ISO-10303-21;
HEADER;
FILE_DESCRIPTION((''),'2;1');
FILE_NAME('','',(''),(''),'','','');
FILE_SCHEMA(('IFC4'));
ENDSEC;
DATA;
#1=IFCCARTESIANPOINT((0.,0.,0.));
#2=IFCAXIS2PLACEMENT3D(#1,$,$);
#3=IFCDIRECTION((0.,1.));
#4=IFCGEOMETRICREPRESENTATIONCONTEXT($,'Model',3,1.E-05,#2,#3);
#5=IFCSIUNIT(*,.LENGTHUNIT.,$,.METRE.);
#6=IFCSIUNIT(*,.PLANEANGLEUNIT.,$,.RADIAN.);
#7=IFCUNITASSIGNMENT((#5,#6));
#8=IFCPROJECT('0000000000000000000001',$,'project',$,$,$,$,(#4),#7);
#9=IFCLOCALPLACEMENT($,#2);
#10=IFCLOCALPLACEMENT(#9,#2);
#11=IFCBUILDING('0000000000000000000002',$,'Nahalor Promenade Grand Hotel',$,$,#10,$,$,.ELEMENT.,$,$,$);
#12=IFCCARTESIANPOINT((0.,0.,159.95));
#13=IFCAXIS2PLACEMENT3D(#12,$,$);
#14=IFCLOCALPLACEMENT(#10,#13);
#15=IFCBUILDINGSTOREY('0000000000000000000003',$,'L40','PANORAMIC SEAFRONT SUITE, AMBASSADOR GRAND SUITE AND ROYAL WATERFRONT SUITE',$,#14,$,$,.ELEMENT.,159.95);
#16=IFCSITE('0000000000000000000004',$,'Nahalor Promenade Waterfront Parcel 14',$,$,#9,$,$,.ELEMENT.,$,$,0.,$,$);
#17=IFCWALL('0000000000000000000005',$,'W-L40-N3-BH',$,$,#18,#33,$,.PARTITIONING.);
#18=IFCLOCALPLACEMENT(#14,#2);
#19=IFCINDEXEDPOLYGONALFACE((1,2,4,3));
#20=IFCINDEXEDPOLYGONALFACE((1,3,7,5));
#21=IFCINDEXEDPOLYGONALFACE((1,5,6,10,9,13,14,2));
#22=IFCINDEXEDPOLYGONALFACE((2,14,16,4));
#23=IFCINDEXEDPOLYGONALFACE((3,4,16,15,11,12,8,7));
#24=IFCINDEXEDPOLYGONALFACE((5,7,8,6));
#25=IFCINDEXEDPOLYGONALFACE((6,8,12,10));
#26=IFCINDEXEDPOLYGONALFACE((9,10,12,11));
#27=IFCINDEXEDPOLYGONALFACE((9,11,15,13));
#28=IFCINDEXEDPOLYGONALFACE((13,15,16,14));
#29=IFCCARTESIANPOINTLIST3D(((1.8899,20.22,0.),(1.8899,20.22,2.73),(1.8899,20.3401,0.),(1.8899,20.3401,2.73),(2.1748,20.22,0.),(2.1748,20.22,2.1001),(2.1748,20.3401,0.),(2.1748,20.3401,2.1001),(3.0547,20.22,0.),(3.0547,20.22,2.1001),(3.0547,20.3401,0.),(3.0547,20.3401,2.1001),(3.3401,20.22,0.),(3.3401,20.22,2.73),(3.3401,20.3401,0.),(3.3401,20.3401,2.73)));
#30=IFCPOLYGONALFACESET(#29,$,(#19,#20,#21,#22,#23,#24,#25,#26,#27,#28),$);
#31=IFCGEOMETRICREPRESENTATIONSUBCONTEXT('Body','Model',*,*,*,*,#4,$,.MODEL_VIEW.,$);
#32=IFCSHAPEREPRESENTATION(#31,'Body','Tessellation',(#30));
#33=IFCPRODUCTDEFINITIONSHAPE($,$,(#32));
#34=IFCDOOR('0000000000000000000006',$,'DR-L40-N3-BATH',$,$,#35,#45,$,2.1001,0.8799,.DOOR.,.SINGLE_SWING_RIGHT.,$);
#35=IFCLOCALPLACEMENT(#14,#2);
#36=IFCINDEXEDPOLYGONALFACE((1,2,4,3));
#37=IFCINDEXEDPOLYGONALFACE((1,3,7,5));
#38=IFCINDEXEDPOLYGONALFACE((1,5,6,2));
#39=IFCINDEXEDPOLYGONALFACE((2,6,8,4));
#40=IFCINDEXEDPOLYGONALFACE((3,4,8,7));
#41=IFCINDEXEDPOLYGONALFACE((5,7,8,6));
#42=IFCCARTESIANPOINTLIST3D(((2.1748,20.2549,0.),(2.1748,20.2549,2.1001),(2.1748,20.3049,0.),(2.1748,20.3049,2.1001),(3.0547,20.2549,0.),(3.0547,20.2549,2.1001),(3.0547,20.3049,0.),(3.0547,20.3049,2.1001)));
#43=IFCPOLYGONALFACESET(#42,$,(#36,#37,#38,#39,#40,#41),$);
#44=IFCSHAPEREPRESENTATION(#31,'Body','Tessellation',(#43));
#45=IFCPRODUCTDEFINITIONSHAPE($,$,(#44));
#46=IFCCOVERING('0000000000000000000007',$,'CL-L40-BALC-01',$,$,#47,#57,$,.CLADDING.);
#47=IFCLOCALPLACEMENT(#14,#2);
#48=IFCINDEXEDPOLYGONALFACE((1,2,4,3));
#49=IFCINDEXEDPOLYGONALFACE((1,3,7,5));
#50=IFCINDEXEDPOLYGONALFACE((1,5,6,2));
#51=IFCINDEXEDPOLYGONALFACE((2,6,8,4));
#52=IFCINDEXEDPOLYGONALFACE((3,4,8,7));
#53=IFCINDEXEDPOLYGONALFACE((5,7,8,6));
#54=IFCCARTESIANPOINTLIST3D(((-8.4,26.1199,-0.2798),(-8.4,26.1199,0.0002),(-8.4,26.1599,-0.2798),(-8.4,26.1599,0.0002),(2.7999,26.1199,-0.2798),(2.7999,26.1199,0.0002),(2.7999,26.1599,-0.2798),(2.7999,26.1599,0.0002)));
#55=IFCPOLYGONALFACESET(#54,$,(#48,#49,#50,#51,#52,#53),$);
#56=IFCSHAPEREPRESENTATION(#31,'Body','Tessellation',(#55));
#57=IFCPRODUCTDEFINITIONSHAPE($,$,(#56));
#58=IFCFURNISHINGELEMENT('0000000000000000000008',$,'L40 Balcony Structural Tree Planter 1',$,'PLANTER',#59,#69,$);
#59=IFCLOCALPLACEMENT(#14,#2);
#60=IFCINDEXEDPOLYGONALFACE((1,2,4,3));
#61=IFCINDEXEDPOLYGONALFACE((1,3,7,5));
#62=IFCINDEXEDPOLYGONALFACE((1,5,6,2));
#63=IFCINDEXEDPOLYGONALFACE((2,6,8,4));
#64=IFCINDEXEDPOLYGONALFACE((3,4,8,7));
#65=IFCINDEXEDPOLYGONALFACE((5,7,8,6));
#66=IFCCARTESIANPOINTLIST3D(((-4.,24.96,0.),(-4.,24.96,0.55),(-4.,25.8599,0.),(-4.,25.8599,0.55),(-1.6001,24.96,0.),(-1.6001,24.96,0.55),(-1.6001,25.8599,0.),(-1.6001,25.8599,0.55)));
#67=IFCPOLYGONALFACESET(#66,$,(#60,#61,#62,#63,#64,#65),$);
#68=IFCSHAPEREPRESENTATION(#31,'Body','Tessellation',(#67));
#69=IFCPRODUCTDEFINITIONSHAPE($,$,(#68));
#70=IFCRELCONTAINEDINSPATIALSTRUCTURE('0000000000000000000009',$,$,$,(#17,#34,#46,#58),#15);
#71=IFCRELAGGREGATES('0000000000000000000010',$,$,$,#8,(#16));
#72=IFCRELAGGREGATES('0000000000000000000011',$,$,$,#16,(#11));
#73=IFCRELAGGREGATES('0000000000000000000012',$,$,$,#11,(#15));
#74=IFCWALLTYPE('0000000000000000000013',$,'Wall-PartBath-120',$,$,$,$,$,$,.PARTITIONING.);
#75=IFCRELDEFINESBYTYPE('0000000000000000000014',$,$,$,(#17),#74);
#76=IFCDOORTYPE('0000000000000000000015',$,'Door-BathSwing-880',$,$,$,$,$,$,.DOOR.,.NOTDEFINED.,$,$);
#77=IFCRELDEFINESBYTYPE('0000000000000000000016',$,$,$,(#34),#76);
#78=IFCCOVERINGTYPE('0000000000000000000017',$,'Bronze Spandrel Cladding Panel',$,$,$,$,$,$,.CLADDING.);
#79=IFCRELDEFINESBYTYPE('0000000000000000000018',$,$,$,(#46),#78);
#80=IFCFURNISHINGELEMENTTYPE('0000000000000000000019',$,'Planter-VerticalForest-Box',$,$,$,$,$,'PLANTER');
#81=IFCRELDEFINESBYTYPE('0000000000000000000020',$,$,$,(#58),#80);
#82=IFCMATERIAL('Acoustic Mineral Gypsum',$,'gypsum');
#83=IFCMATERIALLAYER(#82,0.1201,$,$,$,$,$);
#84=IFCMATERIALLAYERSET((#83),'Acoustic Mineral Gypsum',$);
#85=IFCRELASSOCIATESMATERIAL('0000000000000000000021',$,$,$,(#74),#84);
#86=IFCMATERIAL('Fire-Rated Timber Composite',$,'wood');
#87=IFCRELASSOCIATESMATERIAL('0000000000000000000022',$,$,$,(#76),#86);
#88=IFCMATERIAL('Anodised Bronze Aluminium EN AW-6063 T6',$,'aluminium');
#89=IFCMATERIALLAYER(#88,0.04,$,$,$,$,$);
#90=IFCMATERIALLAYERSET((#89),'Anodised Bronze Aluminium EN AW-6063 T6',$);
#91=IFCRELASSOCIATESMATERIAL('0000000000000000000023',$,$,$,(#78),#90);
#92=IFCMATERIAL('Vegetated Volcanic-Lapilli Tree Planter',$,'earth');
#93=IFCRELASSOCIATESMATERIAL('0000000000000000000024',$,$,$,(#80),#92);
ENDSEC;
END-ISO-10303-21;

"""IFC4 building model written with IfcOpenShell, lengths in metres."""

from ifc_helpers import new_model, si_unit, direction, frame, frame_2d, origin, origin_2d, place, context, subcontext, project, spatial, rectangle, extrude, source, transform, mapped, material, layer, layer_set, type_object, element, fill, save


model = new_model("IFC4")

# Units and contexts
model_context = context("Model", 3, precision=1e-05, world=origin(), true_north=direction((0.0, 1.0)))
body_context = subcontext(model_context, "Body", "Model", "MODEL_VIEW")
ifc_project = project(units=[si_unit("LENGTHUNIT", "METRE"), si_unit("PLANEANGLEUNIT", "RADIAN")], contexts=[model_context])

# Site, building, storey
site_placement = place(None, origin())
site = spatial("IfcSite", under=ifc_project, at=site_placement, Name="Nahalor Promenade Waterfront Parcel 14", CompositionType="ELEMENT", RefElevation=0.0)
building_placement = place(site_placement, origin())
building = spatial("IfcBuilding", under=site, at=building_placement, Name="Nahalor Promenade Grand Hotel", CompositionType="ELEMENT")
storey_placement = place(building_placement, frame((0.0, 0.0, 159.95)))
storey = spatial("IfcBuildingStorey", under=building, at=storey_placement, Name="L40", Description="PANORAMIC SEAFRONT SUITE, AMBASSADOR GRAND SUITE AND ROYAL WATERFRONT SUITE", CompositionType="ELEMENT", Elevation=159.95)

# Shared definitions
ifc_material_1 = material(Name="Anodised Bronze Aluminium EN AW-6063 T6", Category="aluminium")

# Shared definitions
ifc_material_2 = material(Name="Acoustic Mineral Gypsum", Category="gypsum")
ifc_layer_1 = layer(ifc_material_2, 0.1201)
ifc_layer_set_1 = layer_set([ifc_layer_1], Name="Acoustic Mineral Gypsum")
wall_type_1 = type_object("IfcWallType", Name="Wall-PartBath-120", PredefinedType="PARTITIONING", material=ifc_layer_set_1)

# Wall, opening, door
shared_shape_1 = source(origin(), body_context, "Body", "SweptSolid", [
    extrude(rectangle(XDim=1.4502, YDim=0.1201, at=frame_2d((0.7251, 0.0))), origin(), (0.0, 0.0, 1.0), 2.73),
])
wall_1_placement = place(storey_placement, frame((1.8899, 20.28, 0.0), z_axis=(0.0, 0.0, 1.0), x_axis=(1.0, 0.0, 0.0)))
wall_1 = element("IfcWall", 1, at=wall_1_placement, inside=storey, type_object=wall_type_1, Name="W-L40-N3-BH", PredefinedType="PARTITIONING", context=body_context, shape_type="MappedRepresentation", body=[
    mapped(shared_shape_1, transform((0.0, 0.0, 0.0), scale=1.0)),
])
opening_1_placement = place(wall_1_placement, frame((0.2849, 0.0, 0.0)))
opening_1 = element("IfcOpeningElement", 2, at=opening_1_placement, cuts=wall_1, PredefinedType="OPENING", context=body_context, shape_type="SweptSolid", body=[
    extrude(rectangle(XDim=0.8799, YDim=2.1001, at=frame_2d((0.4399, 1.05))), frame((0.0, 0.0701, 0.0), z_axis=(0.0, -1.0, 0.0), x_axis=(1.0, 0.0, 0.0)), (0.0, 0.0, 1.0), 0.1401),
])
ifc_material_3 = material(Name="Fire-Rated Timber Composite", Category="wood")
door_type_1 = type_object("IfcDoorType", Name="Door-BathSwing-880", OperationType="NOTDEFINED", PredefinedType="DOOR", material=ifc_material_3)
shared_shape_2 = source(origin(), body_context, "Body", "SweptSolid", [
    extrude(rectangle(XDim=0.8799, YDim=2.1001, at=frame_2d((0.4399, 1.05))), frame((0.0, 0.0249, 0.0), z_axis=(0.0, -1.0, 0.0), x_axis=(1.0, 0.0, 0.0)), (0.0, 0.0, 1.0), 0.05),
])
door_1_placement = place(opening_1_placement, origin())
door_1 = element("IfcDoor", 3, at=door_1_placement, inside=storey, type_object=door_type_1, Name="DR-L40-N3-BATH", OperationType="SINGLE_SWING_RIGHT", OverallHeight=2.1001, OverallWidth=0.8799, PredefinedType="DOOR", context=body_context, shape_type="MappedRepresentation", body=[
    mapped(shared_shape_2, transform((0.0, 0.0, 0.0), scale=1.0)),
])
fill(opening_1, door_1)

# Covering
ifc_layer_2 = layer(ifc_material_1, 0.04)
ifc_layer_set_2 = layer_set([ifc_layer_2], Name="Anodised Bronze Aluminium EN AW-6063 T6")
covering_type = type_object("IfcCoveringType", Name="Bronze Spandrel Cladding Panel", PredefinedType="CLADDING", material=ifc_layer_set_2)
shared_shape_3 = source(origin(), body_context, "Body", "SweptSolid", [
    extrude(rectangle(XDim=11.2, YDim=0.04, at=origin_2d()), origin(), (0.0, 0.0, 1.0), 0.28),
])
covering_placement = place(storey_placement, frame((-2.8, 26.1399, -0.2798), z_axis=(0.0, 0.0, 1.0), x_axis=(1.0, 0.0, 0.0)))
element("IfcCovering", 4, at=covering_placement, inside=storey, type_object=covering_type, Name="CL-L40-BALC-01", PredefinedType="CLADDING", context=body_context, shape_type="MappedRepresentation", body=[
    mapped(shared_shape_3, transform((0.0, 0.0, 0.0), scale=1.0)),
])

# Furnishing element
ifc_material_4 = material(Name="Vegetated Volcanic-Lapilli Tree Planter", Category="earth")
furnishing_element_type = type_object("IfcFurnishingElementType", Name="Planter-VerticalForest-Box", ElementType="PLANTER", material=ifc_material_4)
shared_shape_4 = source(origin(), body_context, "Body", "SweptSolid", [
    extrude(rectangle(XDim=2.3999, YDim=0.8999, at=origin_2d()), origin(), (0.0, 0.0, 1.0), 0.55),
])
furnishing_placement = place(storey_placement, frame((-2.8, 25.4099, 0.0), z_axis=(0.0, 0.0, 1.0), x_axis=(1.0, 0.0, 0.0)))
element("IfcFurnishingElement", 5, at=furnishing_placement, inside=storey, type_object=furnishing_element_type, Name="L40 Balcony Structural Tree Planter 1", ObjectType="PLANTER", context=body_context, shape_type="MappedRepresentation", body=[
    mapped(shared_shape_4, transform((0.0, 0.0, 0.0), scale=1.0)),
])

save(model, "model.ifc")
